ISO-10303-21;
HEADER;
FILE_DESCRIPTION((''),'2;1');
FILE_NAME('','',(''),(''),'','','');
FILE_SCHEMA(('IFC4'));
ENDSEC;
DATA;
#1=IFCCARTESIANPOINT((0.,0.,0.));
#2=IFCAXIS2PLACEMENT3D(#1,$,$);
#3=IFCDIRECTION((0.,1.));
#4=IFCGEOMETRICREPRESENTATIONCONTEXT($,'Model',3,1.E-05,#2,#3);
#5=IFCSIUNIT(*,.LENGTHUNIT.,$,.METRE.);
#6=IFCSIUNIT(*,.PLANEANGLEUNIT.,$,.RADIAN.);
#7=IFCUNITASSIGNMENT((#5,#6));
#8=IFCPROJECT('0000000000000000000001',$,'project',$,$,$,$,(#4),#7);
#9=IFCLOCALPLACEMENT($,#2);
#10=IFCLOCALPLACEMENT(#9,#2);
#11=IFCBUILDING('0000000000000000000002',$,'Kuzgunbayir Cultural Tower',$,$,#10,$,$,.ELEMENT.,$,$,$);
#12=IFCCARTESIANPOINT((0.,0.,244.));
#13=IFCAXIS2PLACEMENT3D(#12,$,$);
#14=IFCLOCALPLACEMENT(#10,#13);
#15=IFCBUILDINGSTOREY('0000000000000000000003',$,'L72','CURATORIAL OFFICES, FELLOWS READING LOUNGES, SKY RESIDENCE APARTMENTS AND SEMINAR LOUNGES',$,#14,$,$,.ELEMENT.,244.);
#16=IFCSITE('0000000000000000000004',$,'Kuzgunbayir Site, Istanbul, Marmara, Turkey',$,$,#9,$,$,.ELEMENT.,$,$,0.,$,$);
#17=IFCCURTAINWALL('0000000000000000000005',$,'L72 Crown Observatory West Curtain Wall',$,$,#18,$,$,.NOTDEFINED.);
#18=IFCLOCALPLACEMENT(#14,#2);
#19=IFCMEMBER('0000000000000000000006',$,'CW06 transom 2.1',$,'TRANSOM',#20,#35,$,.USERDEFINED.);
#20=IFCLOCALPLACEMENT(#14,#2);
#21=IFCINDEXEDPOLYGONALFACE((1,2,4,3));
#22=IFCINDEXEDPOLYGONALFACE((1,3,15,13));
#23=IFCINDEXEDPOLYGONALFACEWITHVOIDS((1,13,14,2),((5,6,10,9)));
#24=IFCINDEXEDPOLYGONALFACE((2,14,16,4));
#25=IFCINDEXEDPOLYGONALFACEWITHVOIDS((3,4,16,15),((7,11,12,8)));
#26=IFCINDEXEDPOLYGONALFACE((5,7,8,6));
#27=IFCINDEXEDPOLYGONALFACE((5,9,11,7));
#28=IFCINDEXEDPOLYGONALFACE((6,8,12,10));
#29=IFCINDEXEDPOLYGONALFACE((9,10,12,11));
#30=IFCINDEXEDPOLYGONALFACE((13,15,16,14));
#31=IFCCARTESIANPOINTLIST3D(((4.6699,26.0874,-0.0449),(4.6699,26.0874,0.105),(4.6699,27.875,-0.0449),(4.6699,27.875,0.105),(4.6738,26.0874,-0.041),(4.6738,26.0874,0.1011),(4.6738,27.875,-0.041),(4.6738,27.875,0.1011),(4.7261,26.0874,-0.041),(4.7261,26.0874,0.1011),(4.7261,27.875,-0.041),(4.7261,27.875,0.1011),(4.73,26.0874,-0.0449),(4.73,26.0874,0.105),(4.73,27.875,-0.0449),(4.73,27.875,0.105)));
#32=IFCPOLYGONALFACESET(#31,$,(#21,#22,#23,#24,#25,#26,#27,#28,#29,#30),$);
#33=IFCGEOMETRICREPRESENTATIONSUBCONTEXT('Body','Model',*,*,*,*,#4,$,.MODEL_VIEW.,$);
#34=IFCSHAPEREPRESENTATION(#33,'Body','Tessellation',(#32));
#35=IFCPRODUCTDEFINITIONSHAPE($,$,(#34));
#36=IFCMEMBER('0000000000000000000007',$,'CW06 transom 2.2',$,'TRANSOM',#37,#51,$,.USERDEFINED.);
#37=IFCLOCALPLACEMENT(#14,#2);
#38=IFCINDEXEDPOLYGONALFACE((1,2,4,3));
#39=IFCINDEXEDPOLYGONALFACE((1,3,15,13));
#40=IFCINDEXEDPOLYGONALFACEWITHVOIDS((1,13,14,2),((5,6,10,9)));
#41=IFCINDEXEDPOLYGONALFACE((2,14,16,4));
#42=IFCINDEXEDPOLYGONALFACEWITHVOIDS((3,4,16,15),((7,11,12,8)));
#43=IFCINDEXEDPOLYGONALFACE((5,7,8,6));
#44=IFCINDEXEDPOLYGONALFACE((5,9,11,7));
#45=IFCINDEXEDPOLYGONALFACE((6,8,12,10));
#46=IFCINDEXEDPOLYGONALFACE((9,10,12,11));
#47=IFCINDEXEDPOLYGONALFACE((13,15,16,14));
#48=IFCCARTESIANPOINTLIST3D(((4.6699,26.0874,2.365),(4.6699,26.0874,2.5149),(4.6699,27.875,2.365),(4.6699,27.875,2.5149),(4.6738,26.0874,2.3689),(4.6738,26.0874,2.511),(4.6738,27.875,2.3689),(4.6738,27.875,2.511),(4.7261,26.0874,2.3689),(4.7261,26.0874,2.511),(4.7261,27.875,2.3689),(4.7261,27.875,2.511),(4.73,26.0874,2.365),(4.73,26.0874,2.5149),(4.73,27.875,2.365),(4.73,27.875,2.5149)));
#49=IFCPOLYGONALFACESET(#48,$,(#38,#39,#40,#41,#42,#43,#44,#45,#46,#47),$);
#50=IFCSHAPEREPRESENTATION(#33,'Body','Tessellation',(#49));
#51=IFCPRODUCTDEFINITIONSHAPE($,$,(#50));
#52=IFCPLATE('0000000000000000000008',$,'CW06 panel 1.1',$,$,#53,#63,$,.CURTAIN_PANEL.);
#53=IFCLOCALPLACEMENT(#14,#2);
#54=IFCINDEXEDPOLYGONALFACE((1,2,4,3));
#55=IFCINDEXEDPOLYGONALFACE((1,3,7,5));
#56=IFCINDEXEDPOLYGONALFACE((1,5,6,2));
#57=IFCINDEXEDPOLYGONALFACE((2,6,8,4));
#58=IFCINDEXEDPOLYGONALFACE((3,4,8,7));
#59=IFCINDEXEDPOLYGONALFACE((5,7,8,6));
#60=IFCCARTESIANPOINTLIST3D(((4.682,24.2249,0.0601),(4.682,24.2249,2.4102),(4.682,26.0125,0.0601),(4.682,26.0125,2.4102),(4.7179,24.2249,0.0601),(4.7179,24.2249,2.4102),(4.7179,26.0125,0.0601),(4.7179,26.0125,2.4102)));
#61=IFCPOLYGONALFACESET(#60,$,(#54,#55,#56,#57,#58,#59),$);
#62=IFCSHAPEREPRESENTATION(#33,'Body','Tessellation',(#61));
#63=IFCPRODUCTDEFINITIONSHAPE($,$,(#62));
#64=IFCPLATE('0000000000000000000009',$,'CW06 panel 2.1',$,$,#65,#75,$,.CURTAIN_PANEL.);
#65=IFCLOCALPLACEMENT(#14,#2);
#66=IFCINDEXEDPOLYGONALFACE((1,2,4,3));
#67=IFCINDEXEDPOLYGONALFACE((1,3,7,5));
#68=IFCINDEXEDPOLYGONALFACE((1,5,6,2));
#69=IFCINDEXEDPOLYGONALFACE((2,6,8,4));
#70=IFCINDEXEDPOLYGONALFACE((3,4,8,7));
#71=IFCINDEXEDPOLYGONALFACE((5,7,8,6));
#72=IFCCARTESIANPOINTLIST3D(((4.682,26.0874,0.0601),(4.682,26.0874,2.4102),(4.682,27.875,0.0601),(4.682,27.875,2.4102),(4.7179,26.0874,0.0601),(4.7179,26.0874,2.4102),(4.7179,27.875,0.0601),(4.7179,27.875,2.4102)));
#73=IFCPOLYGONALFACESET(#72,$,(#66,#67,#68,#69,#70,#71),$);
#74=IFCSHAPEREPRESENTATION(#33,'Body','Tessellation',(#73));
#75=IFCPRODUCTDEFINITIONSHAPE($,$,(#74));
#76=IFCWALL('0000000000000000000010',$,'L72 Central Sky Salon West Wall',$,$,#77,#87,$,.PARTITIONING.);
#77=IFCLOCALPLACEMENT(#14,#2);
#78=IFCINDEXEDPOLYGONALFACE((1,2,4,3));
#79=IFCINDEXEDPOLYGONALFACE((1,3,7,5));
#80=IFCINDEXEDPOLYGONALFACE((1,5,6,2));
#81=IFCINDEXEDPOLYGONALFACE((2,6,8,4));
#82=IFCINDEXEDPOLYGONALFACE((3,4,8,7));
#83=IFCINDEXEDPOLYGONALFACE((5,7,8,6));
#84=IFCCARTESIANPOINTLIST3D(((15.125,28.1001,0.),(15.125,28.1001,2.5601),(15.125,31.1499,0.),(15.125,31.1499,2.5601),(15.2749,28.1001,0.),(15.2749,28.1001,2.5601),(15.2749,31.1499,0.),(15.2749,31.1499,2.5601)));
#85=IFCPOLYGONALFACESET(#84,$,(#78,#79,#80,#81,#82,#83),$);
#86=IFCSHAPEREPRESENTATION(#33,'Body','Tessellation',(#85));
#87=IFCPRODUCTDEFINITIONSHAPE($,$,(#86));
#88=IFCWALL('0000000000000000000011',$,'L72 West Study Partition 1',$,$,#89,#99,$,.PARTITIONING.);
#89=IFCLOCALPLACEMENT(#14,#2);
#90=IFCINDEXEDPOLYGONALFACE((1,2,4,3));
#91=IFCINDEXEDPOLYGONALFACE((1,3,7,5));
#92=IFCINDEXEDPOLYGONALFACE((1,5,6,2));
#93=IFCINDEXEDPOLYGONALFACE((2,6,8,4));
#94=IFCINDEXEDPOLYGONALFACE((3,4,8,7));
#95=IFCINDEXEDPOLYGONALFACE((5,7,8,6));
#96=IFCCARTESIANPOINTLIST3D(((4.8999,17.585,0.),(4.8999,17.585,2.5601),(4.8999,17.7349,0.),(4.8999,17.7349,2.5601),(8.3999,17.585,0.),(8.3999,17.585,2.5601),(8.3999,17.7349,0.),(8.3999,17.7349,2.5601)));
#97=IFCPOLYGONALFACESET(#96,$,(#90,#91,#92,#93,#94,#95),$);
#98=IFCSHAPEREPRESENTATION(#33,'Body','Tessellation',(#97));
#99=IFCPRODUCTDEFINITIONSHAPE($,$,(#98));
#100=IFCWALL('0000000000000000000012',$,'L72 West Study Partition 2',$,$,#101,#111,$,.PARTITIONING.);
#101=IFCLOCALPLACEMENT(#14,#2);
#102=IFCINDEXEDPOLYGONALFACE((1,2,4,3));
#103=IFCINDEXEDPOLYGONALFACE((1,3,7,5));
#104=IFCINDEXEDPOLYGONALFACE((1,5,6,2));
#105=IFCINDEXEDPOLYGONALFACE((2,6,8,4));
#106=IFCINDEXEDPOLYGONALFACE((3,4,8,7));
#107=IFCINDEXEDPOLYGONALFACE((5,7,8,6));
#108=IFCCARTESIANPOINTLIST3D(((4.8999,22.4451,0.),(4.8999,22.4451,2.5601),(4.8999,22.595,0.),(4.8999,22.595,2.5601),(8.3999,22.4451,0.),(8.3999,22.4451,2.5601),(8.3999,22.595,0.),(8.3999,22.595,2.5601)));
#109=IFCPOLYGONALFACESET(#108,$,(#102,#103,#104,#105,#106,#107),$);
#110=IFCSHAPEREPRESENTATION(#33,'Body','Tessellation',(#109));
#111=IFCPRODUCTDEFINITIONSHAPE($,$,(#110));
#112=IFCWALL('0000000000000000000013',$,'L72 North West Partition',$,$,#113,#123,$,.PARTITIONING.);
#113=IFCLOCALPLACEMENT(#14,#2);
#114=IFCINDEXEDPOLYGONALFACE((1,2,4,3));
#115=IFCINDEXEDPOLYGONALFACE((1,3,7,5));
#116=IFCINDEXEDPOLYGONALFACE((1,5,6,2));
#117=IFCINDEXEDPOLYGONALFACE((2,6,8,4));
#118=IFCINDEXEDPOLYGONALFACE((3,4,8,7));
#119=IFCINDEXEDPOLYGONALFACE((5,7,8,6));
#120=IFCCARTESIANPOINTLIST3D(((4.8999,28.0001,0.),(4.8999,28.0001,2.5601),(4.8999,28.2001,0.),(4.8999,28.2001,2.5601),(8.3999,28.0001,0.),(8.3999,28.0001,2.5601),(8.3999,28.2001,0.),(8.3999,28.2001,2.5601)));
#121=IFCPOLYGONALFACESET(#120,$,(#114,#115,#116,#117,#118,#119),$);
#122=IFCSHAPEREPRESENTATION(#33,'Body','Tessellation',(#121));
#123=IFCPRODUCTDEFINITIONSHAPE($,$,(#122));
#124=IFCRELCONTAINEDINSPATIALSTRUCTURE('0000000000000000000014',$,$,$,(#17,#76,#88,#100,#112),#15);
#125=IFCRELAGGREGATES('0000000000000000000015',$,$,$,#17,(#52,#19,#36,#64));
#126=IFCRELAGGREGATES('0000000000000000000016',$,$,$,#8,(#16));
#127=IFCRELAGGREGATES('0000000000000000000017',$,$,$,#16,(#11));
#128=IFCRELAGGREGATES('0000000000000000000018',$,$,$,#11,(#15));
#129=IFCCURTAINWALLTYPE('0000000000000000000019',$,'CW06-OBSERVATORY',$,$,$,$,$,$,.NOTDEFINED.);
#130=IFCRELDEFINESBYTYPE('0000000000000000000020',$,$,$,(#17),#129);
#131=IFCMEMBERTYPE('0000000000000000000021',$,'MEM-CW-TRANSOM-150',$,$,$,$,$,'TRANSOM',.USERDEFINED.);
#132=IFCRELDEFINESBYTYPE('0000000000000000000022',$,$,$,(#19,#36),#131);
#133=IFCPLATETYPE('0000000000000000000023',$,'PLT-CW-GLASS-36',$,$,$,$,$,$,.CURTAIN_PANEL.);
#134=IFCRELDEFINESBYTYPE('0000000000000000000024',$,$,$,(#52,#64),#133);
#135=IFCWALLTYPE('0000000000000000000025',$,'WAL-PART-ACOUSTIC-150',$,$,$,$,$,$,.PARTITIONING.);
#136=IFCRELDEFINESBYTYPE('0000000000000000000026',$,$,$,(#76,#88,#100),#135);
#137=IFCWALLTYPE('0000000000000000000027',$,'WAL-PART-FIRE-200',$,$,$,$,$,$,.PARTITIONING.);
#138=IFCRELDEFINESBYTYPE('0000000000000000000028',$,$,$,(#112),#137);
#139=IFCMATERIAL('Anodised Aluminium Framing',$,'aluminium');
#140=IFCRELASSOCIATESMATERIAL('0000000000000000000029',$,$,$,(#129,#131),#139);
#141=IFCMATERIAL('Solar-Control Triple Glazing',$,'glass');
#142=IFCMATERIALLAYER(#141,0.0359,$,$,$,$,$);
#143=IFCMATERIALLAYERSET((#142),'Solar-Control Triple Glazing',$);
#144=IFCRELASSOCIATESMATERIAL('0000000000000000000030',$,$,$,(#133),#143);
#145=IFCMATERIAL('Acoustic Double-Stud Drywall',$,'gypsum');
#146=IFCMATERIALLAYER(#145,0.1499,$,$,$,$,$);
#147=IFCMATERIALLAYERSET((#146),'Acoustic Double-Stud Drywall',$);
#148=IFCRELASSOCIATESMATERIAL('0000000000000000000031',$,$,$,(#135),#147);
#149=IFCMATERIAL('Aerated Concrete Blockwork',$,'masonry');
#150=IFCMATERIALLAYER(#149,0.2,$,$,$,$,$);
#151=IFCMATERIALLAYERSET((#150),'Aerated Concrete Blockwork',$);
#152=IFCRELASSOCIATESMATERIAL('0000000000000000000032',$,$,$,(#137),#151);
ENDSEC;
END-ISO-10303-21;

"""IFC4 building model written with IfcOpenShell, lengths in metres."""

from ifc_helpers import new_model, si_unit, direction, frame, frame_2d, origin, origin_2d, place, context, subcontext, project, spatial, rectangle, hollow_rectangle, extrude, material, layer, layer_set, material_profile, profile_set, type_object, element, aggregate, save


model = new_model("IFC4")

# Units and contexts
model_context = context("Model", 3, precision=1e-05, world=origin(), true_north=direction((0.0, 1.0)))
body_context = subcontext(model_context, "Body", "Model", "MODEL_VIEW")
ifc_project = project(units=[si_unit("LENGTHUNIT", "METRE"), si_unit("PLANEANGLEUNIT", "RADIAN")], contexts=[model_context])

# Site, building, storey
site_placement = place(None, origin())
site = spatial("IfcSite", under=ifc_project, at=site_placement, Name="Kuzgunbayir Site, Istanbul, Marmara, Turkey", CompositionType="ELEMENT", RefElevation=0.0)
building_placement = place(site_placement, origin())
building = spatial("IfcBuilding", under=site, at=building_placement, Name="Kuzgunbayir Cultural Tower", CompositionType="ELEMENT")
storey_placement = place(building_placement, frame((0.0, 0.0, 244.0)))
storey = spatial("IfcBuildingStorey", under=building, at=storey_placement, Name="L72", Description="CURATORIAL OFFICES, FELLOWS READING LOUNGES, SKY RESIDENCE APARTMENTS AND SEMINAR LOUNGES", CompositionType="ELEMENT", Elevation=244.0)

# Curtain wall, members, plates
ifc_material_1 = material(Name="Anodised Aluminium Framing", Category="aluminium")
curtain_wall_type = type_object("IfcCurtainWallType", Name="CW06-OBSERVATORY", PredefinedType="NOTDEFINED", material=ifc_material_1)
curtain_wall_placement = place(storey_placement, origin())
curtain_wall = element("IfcCurtainWall", 1, at=curtain_wall_placement, inside=storey, type_object=curtain_wall_type, Name="L72 Crown Observatory West Curtain Wall", PredefinedType="NOTDEFINED")
ifc_material_profile_1 = material_profile(ifc_material_1, hollow_rectangle(XDim=0.0601, YDim=0.1499, WallThickness=0.0039, at=origin_2d()), Name="RHS 150x60x4")
ifc_profile_set_1 = profile_set([ifc_material_profile_1], Name="Anodised Aluminium Framing")
member_type_1 = type_object("IfcMemberType", Name="MEM-CW-TRANSOM-150", ElementType="TRANSOM", PredefinedType="USERDEFINED", material=ifc_profile_set_1)
member_1_placement = place(storey_placement, frame((4.7, 26.0874, 0.03), z_axis=(0.0, 1.0, 0.0), x_axis=(-1.0, 0.0, 0.0)))
member_1 = element("IfcMember", 2, at=member_1_placement, type_object=member_type_1, Name="CW06 transom 2.1", ObjectType="TRANSOM", PredefinedType="USERDEFINED", context=body_context, shape_type="SweptSolid", body=[
    extrude(hollow_rectangle(XDim=0.0601, YDim=0.1499, WallThickness=0.0039, at=origin_2d()), origin(), (0.0, 0.0, 1.0), 1.7876),
])
member_2_placement = place(storey_placement, frame((4.7, 26.0874, 2.4399), z_axis=(0.0, 1.0, 0.0), x_axis=(-1.0, 0.0, 0.0)))
member_2 = element("IfcMember", 3, at=member_2_placement, type_object=member_type_1, Name="CW06 transom 2.2", ObjectType="TRANSOM", PredefinedType="USERDEFINED", context=body_context, shape_type="SweptSolid", body=[
    extrude(hollow_rectangle(XDim=0.0601, YDim=0.1499, WallThickness=0.0039, at=origin_2d()), origin(), (0.0, 0.0, 1.0), 1.7876),
])
ifc_material_2 = material(Name="Solar-Control Triple Glazing", Category="glass")
ifc_layer_1 = layer(ifc_material_2, 0.0359)
ifc_layer_set_1 = layer_set([ifc_layer_1], Name="Solar-Control Triple Glazing")
plate_type = type_object("IfcPlateType", Name="PLT-CW-GLASS-36", PredefinedType="CURTAIN_PANEL", material=ifc_layer_set_1)
plate_1_placement = place(storey_placement, frame((4.7, 25.1187, 0.0601), z_axis=(0.0, 0.0, 1.0), x_axis=(0.0, 1.0, 0.0)))
plate_1 = element("IfcPlate", 4, at=plate_1_placement, type_object=plate_type, Name="CW06 panel 1.1", PredefinedType="CURTAIN_PANEL", context=body_context, shape_type="SweptSolid", body=[
    extrude(rectangle(XDim=1.7876, YDim=0.0359, at=origin_2d()), origin(), (0.0, 0.0, 1.0), 2.3501),
])
plate_2_placement = place(storey_placement, frame((4.7, 26.9812, 0.0601), z_axis=(0.0, 0.0, 1.0), x_axis=(0.0, 1.0, 0.0)))
plate_2 = element("IfcPlate", 5, at=plate_2_placement, type_object=plate_type, Name="CW06 panel 2.1", PredefinedType="CURTAIN_PANEL", context=body_context, shape_type="SweptSolid", body=[
    extrude(rectangle(XDim=1.7876, YDim=0.0359, at=origin_2d()), origin(), (0.0, 0.0, 1.0), 2.3501),
])
aggregate(curtain_wall, [plate_1, member_1, member_2, plate_2])

# Walls
ifc_material_3 = material(Name="Acoustic Double-Stud Drywall", Category="gypsum")
ifc_layer_2 = layer(ifc_material_3, 0.1499)
ifc_layer_set_2 = layer_set([ifc_layer_2], Name="Acoustic Double-Stud Drywall")
wall_type_1 = type_object("IfcWallType", Name="WAL-PART-ACOUSTIC-150", PredefinedType="PARTITIONING", material=ifc_layer_set_2)
wall_1_placement = place(storey_placement, frame((15.2, 28.1001, 0.0), z_axis=(0.0, 0.0, 1.0), x_axis=(0.0, 1.0, 0.0)))
element("IfcWall", 6, at=wall_1_placement, inside=storey, type_object=wall_type_1, Name="L72 Central Sky Salon West Wall", PredefinedType="PARTITIONING", context=body_context, shape_type="SweptSolid", body=[
    extrude(rectangle(XDim=3.0498, YDim=0.1499, at=frame_2d((1.5249, 0.0))), origin(), (0.0, 0.0, 1.0), 2.5601),
])
for number, where, z_axis, x_axis, name in (
    (7, (4.8999, 17.6599, 0.0), (0.0, 0.0, 1.0), (1.0, 0.0, 0.0), "L72 West Study Partition 1"),
    (8, (4.8999, 22.52, 0.0), (0.0, 0.0, 1.0), (1.0, 0.0, 0.0), "L72 West Study Partition 2"),
):
    element("IfcWall", number, at=place(storey_placement, frame(where, z_axis=z_axis, x_axis=x_axis)), inside=storey, type_object=wall_type_1, Name=name, PredefinedType="PARTITIONING", context=body_context, shape_type="SweptSolid", body=[
        extrude(rectangle(XDim=3.5, YDim=0.1499, at=frame_2d((1.75, 0.0))), origin(), (0.0, 0.0, 1.0), 2.5601),
    ])
ifc_material_4 = material(Name="Aerated Concrete Blockwork", Category="masonry")
ifc_layer_3 = layer(ifc_material_4, 0.2)
ifc_layer_set_3 = layer_set([ifc_layer_3], Name="Aerated Concrete Blockwork")
wall_type_2 = type_object("IfcWallType", Name="WAL-PART-FIRE-200", PredefinedType="PARTITIONING", material=ifc_layer_set_3)
wall_2_placement = place(storey_placement, frame((4.8999, 28.1001, 0.0), z_axis=(0.0, 0.0, 1.0), x_axis=(1.0, 0.0, 0.0)))
element("IfcWall", 9, at=wall_2_placement, inside=storey, type_object=wall_type_2, Name="L72 North West Partition", PredefinedType="PARTITIONING", context=body_context, shape_type="SweptSolid", body=[
    extrude(rectangle(XDim=3.5, YDim=0.2, at=frame_2d((1.75, 0.0))), origin(), (0.0, 0.0, 1.0), 2.5601),
])

save(model, "model.ifc")
